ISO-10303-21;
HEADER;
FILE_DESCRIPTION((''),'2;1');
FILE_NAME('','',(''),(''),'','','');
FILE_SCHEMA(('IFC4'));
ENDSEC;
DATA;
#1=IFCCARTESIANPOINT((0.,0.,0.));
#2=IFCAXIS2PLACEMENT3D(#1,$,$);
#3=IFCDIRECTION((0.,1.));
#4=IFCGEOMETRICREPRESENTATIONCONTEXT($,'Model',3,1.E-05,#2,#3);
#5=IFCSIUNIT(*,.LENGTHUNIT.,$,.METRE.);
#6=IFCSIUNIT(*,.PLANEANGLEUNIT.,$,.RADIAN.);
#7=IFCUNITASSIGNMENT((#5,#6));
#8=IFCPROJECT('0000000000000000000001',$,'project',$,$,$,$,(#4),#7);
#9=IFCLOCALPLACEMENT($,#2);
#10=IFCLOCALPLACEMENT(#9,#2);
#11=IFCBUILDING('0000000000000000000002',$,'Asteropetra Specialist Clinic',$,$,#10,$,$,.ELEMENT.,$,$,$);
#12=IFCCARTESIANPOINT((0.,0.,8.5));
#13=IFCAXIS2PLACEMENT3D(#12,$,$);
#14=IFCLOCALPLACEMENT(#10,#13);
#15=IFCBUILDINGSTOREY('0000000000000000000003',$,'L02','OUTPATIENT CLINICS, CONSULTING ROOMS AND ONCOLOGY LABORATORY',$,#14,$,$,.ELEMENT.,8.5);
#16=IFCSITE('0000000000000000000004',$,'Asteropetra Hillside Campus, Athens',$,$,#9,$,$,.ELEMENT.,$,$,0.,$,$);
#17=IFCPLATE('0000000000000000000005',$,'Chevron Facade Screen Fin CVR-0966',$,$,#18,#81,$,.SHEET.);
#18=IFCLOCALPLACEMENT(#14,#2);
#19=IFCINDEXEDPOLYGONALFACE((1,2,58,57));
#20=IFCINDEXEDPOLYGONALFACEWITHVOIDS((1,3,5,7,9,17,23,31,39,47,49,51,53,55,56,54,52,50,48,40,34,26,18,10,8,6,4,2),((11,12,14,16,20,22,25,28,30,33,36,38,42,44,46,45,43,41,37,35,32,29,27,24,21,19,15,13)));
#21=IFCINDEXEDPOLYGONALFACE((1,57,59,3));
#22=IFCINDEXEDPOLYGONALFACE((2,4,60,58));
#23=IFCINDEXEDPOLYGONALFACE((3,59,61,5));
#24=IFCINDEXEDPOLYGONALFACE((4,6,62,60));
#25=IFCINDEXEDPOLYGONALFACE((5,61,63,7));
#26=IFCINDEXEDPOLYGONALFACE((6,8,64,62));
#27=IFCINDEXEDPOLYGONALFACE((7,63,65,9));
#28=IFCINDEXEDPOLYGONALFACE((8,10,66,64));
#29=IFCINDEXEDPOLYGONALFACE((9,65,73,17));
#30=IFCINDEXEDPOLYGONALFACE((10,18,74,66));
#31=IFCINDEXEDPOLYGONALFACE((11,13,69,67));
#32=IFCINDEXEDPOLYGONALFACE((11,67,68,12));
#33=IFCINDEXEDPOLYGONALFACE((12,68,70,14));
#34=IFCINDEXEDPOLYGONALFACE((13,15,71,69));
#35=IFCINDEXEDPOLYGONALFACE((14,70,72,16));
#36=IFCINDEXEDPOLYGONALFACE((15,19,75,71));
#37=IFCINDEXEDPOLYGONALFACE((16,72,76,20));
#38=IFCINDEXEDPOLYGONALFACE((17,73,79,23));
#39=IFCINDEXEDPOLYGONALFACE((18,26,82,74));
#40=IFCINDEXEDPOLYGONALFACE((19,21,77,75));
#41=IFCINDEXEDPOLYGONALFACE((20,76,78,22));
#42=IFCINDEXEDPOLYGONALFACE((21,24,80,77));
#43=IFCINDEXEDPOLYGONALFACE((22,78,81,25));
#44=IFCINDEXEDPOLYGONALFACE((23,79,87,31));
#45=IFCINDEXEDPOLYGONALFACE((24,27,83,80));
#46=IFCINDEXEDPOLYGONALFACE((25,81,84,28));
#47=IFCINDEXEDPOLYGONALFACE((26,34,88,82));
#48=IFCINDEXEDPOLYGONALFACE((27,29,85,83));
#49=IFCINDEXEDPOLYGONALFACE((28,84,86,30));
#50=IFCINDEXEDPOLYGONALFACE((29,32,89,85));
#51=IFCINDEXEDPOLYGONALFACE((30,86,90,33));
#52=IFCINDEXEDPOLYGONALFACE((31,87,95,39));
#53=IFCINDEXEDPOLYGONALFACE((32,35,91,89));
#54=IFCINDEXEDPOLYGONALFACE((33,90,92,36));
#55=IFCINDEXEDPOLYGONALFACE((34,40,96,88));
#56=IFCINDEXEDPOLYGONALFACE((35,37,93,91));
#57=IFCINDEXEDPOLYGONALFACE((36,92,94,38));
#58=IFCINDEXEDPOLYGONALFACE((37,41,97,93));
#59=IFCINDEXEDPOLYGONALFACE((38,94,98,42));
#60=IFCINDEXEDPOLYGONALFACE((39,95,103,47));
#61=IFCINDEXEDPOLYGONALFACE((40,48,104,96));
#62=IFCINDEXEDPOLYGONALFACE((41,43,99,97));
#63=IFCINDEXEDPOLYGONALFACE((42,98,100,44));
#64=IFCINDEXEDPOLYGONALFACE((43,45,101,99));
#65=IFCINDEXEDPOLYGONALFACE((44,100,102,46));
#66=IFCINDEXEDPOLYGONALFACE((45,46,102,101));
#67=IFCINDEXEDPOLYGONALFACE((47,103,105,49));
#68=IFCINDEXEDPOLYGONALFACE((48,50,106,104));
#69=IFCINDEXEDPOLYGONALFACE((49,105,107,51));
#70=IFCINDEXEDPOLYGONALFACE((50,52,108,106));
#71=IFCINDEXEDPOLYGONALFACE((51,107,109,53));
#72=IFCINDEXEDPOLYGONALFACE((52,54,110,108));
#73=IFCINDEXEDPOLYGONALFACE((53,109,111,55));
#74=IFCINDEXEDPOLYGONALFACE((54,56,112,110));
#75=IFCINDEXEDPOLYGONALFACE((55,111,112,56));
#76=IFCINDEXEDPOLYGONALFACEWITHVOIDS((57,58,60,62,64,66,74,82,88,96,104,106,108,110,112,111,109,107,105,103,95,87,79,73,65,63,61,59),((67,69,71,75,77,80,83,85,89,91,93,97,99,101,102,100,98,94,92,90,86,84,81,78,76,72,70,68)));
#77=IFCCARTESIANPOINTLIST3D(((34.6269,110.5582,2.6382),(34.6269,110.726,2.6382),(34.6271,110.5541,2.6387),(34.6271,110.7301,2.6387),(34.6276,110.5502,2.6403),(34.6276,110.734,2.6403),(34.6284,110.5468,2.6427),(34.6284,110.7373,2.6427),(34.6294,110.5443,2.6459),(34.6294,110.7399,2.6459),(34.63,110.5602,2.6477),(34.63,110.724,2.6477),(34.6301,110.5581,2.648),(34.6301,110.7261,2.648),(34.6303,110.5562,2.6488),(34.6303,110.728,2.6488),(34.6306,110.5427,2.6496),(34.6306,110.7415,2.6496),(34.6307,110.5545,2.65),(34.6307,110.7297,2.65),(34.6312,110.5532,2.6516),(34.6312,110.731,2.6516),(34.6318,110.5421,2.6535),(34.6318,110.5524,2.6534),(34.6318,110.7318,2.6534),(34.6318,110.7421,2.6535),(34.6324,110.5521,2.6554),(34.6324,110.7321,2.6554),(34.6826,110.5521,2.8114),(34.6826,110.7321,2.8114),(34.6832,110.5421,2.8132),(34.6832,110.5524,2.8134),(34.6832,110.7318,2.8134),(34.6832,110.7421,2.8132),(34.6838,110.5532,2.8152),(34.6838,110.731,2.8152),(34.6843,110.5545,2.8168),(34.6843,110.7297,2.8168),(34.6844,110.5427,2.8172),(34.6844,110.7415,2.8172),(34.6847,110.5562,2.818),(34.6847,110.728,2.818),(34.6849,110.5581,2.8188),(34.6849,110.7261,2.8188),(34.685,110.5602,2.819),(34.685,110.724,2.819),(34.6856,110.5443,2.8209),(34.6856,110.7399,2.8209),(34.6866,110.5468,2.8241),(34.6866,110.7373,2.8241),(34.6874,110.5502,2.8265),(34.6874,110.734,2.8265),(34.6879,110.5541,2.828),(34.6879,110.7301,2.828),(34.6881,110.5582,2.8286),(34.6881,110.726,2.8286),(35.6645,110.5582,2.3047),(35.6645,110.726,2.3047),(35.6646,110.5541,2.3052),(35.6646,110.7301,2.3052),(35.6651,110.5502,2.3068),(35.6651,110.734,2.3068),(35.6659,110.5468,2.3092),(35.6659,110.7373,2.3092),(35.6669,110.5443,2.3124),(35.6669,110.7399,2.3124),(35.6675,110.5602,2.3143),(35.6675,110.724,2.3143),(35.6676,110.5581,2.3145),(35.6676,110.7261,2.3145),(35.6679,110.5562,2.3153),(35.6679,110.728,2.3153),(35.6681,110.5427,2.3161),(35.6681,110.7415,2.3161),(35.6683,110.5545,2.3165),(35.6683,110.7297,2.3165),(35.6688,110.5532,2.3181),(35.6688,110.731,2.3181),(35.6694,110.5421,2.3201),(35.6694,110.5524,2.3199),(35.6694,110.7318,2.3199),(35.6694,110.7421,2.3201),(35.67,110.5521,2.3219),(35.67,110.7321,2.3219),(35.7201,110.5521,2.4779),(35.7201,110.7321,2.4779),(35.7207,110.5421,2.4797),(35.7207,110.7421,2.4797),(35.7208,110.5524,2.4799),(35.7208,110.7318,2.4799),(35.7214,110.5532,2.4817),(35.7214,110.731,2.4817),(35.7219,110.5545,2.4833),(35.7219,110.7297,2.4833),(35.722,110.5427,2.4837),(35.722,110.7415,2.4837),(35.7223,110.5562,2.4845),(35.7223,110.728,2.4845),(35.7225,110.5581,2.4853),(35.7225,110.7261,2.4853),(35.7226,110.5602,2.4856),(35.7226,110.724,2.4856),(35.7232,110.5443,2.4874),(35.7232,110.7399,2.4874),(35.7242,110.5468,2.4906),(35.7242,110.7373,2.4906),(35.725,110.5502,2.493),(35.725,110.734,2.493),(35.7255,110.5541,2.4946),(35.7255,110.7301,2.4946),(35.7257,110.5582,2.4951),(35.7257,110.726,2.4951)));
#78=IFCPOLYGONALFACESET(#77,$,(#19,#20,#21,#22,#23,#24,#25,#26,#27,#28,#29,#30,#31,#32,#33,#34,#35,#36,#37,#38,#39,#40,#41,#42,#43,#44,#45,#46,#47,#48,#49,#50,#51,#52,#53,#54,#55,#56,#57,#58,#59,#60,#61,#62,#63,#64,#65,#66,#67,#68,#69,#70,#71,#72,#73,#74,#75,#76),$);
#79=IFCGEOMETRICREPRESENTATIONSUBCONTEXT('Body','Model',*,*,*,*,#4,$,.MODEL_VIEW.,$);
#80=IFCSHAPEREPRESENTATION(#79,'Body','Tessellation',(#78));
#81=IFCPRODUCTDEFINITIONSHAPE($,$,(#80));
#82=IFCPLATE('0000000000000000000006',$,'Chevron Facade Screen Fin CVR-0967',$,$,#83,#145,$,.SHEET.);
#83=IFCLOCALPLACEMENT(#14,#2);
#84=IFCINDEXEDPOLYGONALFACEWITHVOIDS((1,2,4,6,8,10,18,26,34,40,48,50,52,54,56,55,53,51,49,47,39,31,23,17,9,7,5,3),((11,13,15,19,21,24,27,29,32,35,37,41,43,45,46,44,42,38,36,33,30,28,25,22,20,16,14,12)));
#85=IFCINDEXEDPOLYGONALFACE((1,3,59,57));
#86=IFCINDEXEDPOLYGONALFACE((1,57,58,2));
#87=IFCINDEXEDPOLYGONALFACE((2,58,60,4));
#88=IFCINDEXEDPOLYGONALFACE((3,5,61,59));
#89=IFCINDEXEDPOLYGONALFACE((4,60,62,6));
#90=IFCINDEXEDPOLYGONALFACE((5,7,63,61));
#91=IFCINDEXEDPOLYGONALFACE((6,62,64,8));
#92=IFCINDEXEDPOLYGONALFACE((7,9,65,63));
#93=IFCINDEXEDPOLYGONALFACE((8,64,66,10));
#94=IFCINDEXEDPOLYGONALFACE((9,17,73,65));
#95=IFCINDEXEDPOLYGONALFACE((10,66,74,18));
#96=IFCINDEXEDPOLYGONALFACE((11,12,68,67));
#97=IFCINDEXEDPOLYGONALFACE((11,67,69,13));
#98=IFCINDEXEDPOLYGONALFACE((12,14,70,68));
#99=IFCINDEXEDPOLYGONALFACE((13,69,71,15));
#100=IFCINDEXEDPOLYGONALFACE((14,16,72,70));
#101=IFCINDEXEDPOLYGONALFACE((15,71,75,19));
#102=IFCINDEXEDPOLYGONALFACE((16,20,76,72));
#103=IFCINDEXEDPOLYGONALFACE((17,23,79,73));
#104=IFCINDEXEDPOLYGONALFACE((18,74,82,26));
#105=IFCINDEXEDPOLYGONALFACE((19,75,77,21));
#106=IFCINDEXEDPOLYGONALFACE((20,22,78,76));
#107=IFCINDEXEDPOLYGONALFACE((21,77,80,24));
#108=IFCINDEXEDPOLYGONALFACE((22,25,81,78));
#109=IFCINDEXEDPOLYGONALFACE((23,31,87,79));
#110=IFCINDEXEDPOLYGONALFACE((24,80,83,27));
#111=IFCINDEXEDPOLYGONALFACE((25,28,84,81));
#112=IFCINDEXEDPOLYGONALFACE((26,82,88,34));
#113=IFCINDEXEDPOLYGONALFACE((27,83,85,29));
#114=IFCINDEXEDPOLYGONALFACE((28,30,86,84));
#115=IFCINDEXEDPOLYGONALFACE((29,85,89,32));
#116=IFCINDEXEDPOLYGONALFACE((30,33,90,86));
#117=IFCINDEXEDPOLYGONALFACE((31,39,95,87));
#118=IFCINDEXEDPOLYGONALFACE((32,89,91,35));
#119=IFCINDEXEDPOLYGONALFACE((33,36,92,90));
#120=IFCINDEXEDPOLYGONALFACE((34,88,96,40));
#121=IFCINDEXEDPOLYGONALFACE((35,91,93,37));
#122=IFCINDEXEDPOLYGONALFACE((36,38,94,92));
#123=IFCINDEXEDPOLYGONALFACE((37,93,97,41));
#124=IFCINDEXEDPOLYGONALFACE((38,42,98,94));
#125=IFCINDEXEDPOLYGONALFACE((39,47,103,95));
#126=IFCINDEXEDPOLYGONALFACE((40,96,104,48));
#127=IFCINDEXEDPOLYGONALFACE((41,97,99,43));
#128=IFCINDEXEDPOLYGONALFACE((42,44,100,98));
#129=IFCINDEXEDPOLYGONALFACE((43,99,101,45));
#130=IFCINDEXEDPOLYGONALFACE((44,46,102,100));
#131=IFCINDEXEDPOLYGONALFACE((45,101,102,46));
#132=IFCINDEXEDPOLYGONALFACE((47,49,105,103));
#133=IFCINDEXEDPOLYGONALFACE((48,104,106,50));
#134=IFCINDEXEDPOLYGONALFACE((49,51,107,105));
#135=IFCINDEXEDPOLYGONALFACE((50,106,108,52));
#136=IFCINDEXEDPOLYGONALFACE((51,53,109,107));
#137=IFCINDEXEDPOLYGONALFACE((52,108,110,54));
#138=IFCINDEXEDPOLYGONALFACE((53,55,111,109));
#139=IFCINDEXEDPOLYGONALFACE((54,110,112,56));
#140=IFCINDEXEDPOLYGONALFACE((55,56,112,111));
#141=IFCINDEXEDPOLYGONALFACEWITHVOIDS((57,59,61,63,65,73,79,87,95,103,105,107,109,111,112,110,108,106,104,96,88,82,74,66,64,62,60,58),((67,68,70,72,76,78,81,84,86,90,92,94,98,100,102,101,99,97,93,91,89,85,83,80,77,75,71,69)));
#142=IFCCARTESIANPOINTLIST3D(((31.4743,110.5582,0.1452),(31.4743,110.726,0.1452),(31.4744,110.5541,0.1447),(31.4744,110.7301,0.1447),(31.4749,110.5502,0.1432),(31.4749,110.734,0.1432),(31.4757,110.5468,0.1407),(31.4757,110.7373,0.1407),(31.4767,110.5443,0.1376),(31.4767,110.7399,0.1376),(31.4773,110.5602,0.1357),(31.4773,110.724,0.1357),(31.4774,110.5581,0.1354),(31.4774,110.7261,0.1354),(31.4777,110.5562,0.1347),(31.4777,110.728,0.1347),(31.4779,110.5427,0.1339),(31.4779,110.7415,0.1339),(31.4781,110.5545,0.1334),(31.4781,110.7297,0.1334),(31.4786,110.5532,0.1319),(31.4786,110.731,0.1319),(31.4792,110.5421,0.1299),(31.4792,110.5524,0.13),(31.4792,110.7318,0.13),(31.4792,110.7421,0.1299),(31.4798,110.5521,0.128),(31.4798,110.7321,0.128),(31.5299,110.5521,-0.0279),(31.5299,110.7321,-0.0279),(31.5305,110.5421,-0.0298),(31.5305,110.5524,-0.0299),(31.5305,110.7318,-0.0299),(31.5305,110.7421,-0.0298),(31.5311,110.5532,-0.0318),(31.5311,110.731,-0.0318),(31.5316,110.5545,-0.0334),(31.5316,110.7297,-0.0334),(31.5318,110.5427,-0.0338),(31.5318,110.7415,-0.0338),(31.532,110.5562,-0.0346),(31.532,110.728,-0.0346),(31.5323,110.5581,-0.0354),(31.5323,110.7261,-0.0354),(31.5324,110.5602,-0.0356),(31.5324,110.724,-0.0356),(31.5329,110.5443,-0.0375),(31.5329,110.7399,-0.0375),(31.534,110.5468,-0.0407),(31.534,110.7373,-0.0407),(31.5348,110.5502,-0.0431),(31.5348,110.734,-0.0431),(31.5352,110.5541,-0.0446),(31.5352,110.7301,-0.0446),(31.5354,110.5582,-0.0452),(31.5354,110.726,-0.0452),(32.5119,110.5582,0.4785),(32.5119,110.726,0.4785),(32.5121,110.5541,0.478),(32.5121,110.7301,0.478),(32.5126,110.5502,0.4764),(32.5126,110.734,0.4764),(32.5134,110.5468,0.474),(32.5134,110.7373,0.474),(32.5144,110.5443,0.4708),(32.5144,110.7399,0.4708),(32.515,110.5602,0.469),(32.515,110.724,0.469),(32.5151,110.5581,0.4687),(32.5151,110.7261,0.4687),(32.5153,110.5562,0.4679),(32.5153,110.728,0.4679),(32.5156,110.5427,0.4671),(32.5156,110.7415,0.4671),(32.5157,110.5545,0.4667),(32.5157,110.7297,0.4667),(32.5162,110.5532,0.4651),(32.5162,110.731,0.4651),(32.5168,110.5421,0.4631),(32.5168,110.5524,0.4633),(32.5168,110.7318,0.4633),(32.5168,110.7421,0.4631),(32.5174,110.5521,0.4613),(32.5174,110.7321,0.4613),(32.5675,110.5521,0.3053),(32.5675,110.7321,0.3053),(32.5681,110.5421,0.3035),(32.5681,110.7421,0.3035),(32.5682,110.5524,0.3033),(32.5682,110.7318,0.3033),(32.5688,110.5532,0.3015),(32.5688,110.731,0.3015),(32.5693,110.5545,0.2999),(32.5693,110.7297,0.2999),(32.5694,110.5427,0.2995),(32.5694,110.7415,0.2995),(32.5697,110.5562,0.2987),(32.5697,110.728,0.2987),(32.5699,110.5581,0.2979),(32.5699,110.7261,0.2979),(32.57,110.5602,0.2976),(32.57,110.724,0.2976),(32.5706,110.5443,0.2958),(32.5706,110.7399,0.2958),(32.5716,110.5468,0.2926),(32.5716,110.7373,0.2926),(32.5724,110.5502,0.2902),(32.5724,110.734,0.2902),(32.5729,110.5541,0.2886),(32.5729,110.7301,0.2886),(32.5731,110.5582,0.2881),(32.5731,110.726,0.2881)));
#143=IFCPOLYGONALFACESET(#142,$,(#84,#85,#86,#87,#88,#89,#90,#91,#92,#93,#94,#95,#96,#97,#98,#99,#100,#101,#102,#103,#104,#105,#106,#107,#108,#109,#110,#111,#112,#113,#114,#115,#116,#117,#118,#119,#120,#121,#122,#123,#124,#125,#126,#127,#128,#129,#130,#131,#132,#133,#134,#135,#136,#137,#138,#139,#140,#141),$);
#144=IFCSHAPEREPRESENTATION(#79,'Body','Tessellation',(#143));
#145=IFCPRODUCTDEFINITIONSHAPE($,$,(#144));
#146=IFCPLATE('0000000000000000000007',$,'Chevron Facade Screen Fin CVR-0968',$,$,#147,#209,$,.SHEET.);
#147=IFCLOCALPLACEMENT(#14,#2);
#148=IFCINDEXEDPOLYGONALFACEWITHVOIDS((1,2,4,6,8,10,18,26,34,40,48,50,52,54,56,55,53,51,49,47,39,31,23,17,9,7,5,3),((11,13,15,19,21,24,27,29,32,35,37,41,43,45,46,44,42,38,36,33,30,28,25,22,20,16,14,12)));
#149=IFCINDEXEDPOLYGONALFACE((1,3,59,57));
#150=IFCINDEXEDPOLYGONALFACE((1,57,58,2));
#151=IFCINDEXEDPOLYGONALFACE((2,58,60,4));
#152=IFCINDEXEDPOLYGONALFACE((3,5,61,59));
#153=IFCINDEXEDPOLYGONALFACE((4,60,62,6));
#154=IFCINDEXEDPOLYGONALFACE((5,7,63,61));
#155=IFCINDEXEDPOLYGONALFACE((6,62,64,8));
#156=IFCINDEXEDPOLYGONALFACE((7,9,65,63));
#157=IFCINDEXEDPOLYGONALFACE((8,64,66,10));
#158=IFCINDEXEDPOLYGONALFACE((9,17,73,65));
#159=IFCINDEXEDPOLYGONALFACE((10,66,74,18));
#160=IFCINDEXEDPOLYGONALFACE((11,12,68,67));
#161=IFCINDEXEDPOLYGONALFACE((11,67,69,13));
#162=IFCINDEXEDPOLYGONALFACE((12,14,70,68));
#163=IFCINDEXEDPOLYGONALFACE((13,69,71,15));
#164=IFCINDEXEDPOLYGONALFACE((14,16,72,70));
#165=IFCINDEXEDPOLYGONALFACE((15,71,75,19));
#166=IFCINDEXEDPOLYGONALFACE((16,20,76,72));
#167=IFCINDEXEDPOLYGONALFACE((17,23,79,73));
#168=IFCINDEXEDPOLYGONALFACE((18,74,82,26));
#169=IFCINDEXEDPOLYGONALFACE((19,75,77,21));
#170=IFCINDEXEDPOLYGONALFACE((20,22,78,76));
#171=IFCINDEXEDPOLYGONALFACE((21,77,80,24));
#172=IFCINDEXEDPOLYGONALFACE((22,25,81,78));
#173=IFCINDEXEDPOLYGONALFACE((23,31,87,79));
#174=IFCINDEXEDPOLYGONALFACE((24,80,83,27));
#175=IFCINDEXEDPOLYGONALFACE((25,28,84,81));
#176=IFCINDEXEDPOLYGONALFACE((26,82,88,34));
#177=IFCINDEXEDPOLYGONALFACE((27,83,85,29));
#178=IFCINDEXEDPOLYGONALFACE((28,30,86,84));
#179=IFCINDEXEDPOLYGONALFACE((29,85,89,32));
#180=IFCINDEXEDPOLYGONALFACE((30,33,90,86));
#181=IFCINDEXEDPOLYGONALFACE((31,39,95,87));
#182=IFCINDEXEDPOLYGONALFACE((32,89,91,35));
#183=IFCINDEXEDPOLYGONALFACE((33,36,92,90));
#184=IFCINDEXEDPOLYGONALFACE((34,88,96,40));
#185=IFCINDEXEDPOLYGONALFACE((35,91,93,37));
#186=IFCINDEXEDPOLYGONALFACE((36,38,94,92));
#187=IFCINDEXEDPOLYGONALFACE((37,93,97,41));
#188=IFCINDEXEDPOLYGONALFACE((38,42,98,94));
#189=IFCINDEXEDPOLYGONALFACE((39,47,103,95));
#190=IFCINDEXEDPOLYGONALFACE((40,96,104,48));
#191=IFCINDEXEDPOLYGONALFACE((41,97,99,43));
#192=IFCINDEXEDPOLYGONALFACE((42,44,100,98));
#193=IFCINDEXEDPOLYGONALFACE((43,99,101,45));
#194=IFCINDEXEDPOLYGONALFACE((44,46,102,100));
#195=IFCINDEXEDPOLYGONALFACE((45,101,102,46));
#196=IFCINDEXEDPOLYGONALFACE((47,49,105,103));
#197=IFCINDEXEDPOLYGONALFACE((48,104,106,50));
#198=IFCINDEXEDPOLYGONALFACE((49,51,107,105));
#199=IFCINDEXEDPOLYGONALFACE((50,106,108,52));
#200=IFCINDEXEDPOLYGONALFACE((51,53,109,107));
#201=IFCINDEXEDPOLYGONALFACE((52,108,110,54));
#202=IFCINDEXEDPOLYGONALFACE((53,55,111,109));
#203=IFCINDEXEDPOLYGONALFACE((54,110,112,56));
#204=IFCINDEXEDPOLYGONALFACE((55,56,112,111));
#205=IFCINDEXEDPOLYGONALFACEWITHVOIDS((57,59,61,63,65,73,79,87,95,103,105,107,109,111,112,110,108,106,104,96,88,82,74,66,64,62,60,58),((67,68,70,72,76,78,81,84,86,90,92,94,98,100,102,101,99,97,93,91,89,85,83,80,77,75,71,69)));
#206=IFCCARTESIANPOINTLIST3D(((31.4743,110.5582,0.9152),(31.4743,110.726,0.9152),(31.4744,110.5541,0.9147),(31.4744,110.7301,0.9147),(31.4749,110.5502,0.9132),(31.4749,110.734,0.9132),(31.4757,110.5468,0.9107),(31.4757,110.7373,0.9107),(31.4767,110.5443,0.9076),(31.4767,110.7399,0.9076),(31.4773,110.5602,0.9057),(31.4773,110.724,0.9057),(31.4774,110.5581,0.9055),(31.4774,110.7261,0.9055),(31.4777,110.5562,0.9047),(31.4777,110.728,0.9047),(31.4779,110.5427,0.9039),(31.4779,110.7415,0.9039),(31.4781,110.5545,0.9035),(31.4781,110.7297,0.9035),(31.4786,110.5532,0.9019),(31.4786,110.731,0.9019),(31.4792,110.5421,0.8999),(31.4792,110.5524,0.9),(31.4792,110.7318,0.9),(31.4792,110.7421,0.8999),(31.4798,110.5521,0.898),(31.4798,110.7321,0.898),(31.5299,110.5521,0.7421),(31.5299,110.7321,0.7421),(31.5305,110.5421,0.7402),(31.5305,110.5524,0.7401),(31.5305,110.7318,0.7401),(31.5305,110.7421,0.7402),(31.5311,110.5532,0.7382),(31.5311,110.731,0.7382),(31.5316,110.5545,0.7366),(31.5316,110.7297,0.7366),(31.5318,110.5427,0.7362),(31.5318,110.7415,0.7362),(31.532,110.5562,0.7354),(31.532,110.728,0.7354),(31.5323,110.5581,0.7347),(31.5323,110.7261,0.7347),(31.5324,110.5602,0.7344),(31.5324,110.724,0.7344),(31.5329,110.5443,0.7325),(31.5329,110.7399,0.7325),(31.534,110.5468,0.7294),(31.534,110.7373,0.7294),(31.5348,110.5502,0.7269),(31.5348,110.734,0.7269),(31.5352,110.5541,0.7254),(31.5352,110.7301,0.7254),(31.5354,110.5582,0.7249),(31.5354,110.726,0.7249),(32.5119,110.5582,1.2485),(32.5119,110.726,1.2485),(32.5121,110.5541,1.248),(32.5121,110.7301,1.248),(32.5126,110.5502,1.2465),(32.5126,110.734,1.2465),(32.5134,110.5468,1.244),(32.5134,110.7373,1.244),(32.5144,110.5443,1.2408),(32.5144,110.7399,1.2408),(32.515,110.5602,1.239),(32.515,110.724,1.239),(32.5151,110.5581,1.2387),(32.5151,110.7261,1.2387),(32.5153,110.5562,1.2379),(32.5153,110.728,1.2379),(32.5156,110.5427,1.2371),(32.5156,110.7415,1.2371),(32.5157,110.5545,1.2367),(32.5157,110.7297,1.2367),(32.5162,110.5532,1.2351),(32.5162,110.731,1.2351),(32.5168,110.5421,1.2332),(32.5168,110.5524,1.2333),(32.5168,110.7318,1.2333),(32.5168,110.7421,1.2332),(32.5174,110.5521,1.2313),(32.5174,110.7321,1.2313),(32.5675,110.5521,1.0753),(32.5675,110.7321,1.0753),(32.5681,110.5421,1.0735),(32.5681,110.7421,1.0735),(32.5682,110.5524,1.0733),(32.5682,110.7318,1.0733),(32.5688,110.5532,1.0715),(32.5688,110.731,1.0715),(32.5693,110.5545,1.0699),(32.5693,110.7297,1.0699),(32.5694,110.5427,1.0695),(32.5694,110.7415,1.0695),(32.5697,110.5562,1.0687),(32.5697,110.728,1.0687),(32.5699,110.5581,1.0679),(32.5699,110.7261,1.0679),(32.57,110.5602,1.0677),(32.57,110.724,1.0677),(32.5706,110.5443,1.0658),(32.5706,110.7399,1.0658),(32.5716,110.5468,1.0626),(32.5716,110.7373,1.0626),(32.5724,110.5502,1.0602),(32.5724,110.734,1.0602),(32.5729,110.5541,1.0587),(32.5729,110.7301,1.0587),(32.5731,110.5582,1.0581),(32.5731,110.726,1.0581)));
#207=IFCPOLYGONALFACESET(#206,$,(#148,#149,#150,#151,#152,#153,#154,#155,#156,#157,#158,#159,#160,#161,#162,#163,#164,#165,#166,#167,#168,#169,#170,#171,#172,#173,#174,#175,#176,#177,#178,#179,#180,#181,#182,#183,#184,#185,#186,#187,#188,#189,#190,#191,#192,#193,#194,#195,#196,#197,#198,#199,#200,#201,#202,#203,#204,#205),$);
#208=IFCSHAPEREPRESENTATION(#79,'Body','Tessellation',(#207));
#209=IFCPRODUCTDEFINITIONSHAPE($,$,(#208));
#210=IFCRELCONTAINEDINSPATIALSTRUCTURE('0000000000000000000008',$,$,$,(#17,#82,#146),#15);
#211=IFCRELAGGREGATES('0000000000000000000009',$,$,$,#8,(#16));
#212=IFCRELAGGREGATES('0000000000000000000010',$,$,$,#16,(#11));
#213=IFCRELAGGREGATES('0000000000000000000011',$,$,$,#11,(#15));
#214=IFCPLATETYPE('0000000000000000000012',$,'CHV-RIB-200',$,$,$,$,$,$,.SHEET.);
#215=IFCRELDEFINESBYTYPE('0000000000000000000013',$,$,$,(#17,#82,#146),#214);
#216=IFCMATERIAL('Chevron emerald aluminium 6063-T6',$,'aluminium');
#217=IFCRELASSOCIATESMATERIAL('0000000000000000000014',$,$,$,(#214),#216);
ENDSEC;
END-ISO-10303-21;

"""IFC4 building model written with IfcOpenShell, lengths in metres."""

from ifc_helpers import new_model, si_unit, direction, frame, origin, origin_2d, place, context, subcontext, project, spatial, hollow_rectangle, extrude, material, material_profile, profile_set, type_object, element, save


model = new_model("IFC4")

# Units and contexts
model_context = context("Model", 3, precision=1e-05, world=origin(), true_north=direction((0.0, 1.0)))
body_context = subcontext(model_context, "Body", "Model", "MODEL_VIEW")
ifc_project = project(units=[si_unit("LENGTHUNIT", "METRE"), si_unit("PLANEANGLEUNIT", "RADIAN")], contexts=[model_context])

# Site, building, storey
site_placement = place(None, origin())
site = spatial("IfcSite", under=ifc_project, at=site_placement, Name="Asteropetra Hillside Campus, Athens", CompositionType="ELEMENT", RefElevation=0.0)
building_placement = place(site_placement, origin())
building = spatial("IfcBuilding", under=site, at=building_placement, Name="Asteropetra Specialist Clinic", CompositionType="ELEMENT")
storey_placement = place(building_placement, frame((0.0, 0.0, 8.5)))
storey = spatial("IfcBuildingStorey", under=building, at=storey_placement, Name="L02", Description="OUTPATIENT CLINICS, CONSULTING ROOMS AND ONCOLOGY LABORATORY", CompositionType="ELEMENT", Elevation=8.5)

# Plates
ifc_material_1 = material(Name="Chevron emerald aluminium 6063-T6", Category="aluminium")
ifc_material_profile_1 = material_profile(ifc_material_1, hollow_rectangle(XDim=0.2, YDim=0.2, WallThickness=0.01, InnerFilletRadius=0.0081, OuterFilletRadius=0.0161, at=origin_2d()), Name="SHS 200x200x10.0")
ifc_profile_set_1 = profile_set([ifc_material_profile_1], Name="Chevron emerald aluminium 6063-T6")
plate_type = type_object("IfcPlateType", Name="CHV-RIB-200", PredefinedType="SHEET", material=ifc_profile_set_1)
for number, where, z_axis, x_axis, name in (
    (1, (35.6951, 110.6421, 2.3999), (-0.952033, 0.0, 0.305995), (0.0, -1.0, 0.0), "Chevron Facade Screen Fin CVR-0966"),
    (2, (32.5425, 110.6421, 0.3833), (-0.952098, 0.0, -0.305792), (0.0, -1.0, 0.0), "Chevron Facade Screen Fin CVR-0967"),
    (3, (32.5425, 110.6421, 1.1533), (-0.952098, 0.0, -0.305792), (0.0, -1.0, 0.0), "Chevron Facade Screen Fin CVR-0968"),
):
    element("IfcPlate", number, at=place(storey_placement, frame(where, z_axis=z_axis, x_axis=x_axis)), inside=storey, type_object=plate_type, Name=name, PredefinedType="SHEET", context=body_context, shape_type="SweptSolid", body=[
        extrude(hollow_rectangle(XDim=0.2, YDim=0.2, WallThickness=0.01, InnerFilletRadius=0.0081, OuterFilletRadius=0.0161, at=origin_2d()), origin(), (0.0, 0.0, 1.0), 1.0898),
    ])

save(model, "model.ifc")
